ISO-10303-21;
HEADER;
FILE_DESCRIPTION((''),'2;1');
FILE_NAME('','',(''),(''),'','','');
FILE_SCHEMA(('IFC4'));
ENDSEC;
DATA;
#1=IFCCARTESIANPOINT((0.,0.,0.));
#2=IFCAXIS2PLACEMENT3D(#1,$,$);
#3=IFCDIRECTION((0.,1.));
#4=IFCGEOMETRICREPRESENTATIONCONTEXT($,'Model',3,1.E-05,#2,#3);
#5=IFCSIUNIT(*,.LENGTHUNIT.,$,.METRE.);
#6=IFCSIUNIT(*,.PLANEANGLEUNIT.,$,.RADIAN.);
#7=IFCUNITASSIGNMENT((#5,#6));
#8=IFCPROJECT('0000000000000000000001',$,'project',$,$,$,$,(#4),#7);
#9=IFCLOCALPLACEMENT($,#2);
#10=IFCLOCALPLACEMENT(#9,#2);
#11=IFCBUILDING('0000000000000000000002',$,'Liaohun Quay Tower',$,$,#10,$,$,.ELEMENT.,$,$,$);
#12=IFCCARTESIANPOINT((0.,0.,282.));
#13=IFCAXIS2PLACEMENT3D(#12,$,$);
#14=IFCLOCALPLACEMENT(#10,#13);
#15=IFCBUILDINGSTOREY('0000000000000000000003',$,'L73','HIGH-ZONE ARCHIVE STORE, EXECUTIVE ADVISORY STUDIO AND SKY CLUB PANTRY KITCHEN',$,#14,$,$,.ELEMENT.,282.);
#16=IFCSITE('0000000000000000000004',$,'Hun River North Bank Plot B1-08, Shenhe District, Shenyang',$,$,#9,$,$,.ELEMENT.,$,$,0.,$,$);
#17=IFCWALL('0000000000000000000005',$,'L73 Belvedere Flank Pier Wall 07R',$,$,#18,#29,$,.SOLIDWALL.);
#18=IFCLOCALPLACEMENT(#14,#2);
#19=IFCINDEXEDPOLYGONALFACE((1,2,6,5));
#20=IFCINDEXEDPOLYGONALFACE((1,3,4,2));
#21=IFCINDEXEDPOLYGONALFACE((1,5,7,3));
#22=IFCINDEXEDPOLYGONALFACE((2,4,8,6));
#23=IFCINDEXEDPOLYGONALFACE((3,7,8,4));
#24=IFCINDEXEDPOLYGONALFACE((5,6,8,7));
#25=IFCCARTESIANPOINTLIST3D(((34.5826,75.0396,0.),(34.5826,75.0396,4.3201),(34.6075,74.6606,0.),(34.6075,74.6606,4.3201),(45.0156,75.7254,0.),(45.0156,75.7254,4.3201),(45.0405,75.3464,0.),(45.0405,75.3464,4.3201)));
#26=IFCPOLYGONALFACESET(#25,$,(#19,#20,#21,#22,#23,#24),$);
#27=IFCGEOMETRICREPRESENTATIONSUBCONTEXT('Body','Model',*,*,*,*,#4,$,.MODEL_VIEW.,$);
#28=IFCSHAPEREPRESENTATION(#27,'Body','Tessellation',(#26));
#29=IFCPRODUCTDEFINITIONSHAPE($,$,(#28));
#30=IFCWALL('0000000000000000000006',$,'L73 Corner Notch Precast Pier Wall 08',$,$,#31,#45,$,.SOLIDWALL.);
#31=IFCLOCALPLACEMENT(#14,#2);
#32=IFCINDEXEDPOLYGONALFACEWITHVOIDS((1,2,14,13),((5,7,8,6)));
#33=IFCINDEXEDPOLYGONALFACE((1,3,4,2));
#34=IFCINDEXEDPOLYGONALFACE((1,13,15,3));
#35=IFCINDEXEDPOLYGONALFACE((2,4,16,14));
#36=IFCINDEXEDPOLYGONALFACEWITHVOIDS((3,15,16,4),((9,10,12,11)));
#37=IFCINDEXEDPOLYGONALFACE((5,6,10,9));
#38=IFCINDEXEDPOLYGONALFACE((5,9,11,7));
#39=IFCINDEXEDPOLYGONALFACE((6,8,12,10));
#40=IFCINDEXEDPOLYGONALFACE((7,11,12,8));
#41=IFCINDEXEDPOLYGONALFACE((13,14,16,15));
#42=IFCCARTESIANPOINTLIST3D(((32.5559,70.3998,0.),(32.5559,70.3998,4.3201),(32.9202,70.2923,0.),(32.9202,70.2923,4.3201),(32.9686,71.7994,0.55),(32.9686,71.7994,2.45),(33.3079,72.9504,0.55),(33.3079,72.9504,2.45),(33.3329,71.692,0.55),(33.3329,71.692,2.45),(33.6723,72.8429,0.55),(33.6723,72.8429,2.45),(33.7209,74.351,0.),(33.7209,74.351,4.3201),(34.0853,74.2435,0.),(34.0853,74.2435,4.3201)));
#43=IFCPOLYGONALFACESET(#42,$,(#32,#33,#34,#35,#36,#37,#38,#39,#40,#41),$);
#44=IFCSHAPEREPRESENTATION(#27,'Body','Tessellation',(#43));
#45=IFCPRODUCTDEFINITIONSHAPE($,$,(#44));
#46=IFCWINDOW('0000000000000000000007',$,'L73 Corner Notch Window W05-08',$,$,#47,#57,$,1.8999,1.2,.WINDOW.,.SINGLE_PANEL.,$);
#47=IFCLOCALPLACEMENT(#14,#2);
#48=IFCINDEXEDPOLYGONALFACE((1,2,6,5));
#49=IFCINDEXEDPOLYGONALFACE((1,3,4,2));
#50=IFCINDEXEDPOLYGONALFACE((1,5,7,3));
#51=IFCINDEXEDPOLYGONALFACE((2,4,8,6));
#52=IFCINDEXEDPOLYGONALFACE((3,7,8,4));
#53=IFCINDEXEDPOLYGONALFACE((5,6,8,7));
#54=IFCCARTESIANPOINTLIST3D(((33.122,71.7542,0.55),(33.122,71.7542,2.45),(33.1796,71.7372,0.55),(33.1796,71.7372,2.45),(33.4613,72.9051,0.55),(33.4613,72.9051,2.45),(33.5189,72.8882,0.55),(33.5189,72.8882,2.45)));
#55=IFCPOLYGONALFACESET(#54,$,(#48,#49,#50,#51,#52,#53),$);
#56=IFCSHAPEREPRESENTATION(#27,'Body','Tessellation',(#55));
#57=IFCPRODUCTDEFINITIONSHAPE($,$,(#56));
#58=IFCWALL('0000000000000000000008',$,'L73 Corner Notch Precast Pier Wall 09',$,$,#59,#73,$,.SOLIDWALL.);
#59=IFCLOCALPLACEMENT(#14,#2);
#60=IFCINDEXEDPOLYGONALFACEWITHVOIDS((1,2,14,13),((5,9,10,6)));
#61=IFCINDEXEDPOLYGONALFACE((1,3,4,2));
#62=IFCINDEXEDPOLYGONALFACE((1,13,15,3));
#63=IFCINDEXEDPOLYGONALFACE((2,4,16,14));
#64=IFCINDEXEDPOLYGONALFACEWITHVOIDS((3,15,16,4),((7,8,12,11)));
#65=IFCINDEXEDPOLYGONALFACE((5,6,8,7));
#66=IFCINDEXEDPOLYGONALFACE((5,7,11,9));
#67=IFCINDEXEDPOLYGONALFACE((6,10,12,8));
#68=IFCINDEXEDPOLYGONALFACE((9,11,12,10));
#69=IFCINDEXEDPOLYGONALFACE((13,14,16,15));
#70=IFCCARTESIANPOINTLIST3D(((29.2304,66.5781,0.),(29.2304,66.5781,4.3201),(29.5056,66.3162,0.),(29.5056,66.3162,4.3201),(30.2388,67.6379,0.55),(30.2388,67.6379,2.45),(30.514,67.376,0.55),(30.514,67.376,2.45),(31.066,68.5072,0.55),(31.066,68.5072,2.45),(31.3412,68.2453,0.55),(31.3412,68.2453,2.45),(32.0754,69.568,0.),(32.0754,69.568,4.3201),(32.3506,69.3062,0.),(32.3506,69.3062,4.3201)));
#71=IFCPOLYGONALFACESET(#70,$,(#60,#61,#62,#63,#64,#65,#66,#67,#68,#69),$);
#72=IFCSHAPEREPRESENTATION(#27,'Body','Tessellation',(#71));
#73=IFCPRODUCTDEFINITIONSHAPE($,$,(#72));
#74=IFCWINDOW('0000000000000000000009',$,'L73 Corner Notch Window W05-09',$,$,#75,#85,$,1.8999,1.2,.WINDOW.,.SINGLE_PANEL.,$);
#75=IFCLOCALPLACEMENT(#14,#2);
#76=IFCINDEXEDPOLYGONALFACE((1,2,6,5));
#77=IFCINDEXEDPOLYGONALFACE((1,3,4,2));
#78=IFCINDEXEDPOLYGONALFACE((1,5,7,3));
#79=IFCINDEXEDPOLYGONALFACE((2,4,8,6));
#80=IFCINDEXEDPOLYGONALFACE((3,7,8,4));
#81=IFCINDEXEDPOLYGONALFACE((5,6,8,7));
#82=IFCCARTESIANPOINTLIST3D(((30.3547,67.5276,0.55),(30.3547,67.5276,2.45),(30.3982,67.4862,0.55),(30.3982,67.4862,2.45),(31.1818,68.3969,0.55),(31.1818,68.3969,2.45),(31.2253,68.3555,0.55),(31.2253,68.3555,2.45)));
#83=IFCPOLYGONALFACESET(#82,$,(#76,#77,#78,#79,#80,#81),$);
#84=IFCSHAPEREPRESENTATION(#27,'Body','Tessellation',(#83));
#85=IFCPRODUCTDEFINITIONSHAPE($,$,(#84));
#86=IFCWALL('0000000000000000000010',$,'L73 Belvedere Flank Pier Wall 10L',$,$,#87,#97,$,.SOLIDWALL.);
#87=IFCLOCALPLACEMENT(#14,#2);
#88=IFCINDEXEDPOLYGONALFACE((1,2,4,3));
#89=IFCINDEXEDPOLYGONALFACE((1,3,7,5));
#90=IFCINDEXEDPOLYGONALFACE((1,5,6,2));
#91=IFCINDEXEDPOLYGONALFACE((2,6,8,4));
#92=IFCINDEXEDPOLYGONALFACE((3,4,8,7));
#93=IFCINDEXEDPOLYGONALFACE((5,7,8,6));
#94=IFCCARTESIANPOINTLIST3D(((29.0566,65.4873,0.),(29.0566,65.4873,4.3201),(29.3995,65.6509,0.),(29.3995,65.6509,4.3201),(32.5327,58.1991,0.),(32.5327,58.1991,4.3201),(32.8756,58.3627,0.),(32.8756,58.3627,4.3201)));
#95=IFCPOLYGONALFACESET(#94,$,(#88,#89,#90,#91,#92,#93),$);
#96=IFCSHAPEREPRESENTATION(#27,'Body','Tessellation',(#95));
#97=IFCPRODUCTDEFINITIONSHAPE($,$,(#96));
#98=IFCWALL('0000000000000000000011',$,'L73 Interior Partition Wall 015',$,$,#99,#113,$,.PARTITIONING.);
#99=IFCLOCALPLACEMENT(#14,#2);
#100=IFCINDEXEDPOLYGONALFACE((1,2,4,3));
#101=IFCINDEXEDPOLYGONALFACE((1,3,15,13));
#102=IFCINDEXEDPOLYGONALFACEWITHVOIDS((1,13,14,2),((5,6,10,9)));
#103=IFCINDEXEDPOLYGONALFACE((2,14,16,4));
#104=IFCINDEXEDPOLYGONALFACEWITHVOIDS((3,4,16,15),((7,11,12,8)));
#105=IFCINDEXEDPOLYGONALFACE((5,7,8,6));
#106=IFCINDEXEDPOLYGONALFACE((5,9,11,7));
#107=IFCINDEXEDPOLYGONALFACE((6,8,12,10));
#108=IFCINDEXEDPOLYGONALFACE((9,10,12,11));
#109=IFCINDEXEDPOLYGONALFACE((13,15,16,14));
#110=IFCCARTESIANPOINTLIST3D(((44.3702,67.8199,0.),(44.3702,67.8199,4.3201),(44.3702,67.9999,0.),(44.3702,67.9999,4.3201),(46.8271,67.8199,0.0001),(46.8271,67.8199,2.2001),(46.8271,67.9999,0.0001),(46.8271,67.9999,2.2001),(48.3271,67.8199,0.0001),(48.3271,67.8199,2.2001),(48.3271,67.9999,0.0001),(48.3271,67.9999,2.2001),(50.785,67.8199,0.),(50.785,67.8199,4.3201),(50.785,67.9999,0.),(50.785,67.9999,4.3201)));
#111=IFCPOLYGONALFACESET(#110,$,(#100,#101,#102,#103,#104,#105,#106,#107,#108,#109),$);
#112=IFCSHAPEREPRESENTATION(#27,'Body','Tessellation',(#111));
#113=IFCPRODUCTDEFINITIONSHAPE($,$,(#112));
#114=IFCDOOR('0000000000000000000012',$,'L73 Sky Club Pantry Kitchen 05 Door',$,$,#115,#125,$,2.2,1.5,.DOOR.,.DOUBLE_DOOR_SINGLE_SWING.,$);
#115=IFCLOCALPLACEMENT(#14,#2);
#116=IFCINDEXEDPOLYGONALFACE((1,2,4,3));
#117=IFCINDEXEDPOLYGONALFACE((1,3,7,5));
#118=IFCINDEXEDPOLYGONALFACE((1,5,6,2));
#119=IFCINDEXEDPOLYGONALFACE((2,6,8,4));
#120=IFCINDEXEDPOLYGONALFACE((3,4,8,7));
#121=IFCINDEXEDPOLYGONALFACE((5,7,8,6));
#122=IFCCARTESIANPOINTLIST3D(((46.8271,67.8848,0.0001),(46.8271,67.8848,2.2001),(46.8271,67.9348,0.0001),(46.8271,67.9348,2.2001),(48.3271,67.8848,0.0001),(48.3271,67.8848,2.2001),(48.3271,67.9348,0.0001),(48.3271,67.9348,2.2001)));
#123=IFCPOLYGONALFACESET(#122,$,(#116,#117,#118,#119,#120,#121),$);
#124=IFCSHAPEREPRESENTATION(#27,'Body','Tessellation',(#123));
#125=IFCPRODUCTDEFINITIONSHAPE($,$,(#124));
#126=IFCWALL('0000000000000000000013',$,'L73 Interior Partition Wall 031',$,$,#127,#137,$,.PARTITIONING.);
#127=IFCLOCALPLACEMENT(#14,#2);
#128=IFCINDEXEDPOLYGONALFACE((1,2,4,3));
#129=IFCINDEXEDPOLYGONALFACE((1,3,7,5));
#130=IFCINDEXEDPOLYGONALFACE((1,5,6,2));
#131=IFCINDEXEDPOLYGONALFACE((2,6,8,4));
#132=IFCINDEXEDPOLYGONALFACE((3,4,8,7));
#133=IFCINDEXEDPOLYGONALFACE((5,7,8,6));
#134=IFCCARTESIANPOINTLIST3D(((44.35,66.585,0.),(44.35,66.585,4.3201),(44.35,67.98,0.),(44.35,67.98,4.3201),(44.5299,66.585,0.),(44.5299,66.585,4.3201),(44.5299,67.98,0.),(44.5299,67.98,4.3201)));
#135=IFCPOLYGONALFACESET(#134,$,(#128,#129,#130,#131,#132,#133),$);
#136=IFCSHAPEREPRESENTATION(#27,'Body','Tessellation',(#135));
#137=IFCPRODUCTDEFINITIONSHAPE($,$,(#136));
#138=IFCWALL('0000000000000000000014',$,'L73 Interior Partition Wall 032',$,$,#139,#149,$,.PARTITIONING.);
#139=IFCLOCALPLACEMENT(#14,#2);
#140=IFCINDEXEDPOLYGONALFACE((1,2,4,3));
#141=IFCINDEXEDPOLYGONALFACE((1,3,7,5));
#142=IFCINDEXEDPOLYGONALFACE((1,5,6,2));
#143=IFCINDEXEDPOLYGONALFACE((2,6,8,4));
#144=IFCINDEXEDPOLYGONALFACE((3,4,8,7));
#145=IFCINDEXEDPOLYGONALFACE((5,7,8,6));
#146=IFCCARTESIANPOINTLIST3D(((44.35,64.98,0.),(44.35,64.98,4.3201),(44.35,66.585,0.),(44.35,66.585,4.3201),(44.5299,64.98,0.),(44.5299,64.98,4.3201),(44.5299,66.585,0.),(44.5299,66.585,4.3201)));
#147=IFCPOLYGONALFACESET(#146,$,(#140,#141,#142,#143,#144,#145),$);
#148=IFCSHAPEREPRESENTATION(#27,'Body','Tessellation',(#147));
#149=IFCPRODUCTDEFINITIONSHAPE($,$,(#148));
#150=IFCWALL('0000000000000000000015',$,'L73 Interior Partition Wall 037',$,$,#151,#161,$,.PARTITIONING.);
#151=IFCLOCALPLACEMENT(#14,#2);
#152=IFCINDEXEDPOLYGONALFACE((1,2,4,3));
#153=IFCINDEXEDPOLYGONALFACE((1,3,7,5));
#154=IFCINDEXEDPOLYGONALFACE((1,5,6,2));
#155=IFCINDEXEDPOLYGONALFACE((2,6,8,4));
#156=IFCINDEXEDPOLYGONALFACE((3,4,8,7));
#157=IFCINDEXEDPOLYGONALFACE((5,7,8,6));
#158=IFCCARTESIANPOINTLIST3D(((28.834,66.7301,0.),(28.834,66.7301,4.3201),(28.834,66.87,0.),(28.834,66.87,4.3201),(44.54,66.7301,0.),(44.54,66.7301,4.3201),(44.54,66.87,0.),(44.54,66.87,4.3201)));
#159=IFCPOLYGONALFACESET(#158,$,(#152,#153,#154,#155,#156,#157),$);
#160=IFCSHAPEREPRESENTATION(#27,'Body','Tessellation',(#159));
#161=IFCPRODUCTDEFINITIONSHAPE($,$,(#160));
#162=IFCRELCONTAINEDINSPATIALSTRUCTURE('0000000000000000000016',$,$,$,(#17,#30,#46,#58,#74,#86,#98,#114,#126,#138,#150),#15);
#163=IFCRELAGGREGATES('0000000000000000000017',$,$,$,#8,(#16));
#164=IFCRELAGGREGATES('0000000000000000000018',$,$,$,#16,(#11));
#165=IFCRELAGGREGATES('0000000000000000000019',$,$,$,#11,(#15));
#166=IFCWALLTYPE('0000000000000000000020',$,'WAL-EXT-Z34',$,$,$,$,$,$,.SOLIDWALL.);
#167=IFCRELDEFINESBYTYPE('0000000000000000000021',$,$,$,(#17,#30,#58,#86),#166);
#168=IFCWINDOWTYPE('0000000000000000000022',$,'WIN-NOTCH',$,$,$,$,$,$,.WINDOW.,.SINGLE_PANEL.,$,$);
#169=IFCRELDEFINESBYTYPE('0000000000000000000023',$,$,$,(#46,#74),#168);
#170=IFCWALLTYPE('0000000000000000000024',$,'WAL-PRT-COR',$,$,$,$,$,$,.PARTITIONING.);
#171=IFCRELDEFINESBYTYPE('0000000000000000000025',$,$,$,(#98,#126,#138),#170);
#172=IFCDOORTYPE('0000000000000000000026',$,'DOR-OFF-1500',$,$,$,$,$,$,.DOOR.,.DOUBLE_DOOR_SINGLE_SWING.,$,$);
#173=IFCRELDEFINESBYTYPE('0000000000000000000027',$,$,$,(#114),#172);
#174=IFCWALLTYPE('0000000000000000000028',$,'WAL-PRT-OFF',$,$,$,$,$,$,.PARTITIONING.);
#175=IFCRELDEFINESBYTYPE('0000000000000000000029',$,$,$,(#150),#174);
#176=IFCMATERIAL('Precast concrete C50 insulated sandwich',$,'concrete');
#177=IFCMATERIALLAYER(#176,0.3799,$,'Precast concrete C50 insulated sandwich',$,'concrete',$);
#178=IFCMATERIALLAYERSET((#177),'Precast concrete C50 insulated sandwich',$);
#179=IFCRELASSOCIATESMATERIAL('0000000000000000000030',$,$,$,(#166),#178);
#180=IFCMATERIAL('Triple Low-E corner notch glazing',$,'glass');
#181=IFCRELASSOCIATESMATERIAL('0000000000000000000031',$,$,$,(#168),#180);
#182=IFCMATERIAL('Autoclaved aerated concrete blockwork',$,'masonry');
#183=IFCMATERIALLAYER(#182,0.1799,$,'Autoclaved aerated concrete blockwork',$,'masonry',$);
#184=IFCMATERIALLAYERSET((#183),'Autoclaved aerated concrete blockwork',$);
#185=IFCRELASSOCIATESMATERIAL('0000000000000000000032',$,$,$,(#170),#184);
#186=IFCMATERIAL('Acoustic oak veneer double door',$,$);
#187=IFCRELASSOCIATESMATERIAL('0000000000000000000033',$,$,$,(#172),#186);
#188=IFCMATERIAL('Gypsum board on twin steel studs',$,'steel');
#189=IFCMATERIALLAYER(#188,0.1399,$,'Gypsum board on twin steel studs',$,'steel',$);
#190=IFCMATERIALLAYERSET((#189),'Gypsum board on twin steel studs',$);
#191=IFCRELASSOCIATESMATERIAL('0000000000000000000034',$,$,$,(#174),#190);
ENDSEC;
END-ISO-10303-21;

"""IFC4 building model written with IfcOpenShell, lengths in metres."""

from ifc_helpers import new_model, si_unit, direction, frame, frame_2d, origin, place, context, subcontext, project, spatial, rectangle, extrude, source, transform, mapped, material, layer, layer_set, type_object, element, fill, save


model = new_model("IFC4")

# Units and contexts
model_context = context("Model", 3, precision=1e-05, world=origin(), true_north=direction((0.0, 1.0)))
body_context = subcontext(model_context, "Body", "Model", "MODEL_VIEW")
ifc_project = project(units=[si_unit("LENGTHUNIT", "METRE"), si_unit("PLANEANGLEUNIT", "RADIAN")], contexts=[model_context])

# Site, building, storey
site_placement = place(None, origin())
site = spatial("IfcSite", under=ifc_project, at=site_placement, Name="Hun River North Bank Plot B1-08, Shenhe District, Shenyang", CompositionType="ELEMENT", RefElevation=0.0)
building_placement = place(site_placement, origin())
building = spatial("IfcBuilding", under=site, at=building_placement, Name="Liaohun Quay Tower", CompositionType="ELEMENT")
storey_placement = place(building_placement, frame((0.0, 0.0, 282.0)))
storey = spatial("IfcBuildingStorey", under=building, at=storey_placement, Name="L73", Description="HIGH-ZONE ARCHIVE STORE, EXECUTIVE ADVISORY STUDIO AND SKY CLUB PANTRY KITCHEN", CompositionType="ELEMENT", Elevation=282.0)

# Wall
ifc_material_1 = material(Name="Precast concrete C50 insulated sandwich", Category="concrete")
ifc_layer_1 = layer(ifc_material_1, 0.3799, Name="Precast concrete C50 insulated sandwich", Category="concrete")
ifc_layer_set_1 = layer_set([ifc_layer_1], Name="Precast concrete C50 insulated sandwich")
wall_type_1 = type_object("IfcWallType", Name="WAL-EXT-Z34", PredefinedType="SOLIDWALL", material=ifc_layer_set_1)
wall_1_placement = place(storey_placement, frame((45.0281, 75.5359, 0.0), z_axis=(0.0, 0.0, 1.0), x_axis=(-0.997847, -0.065591, 0.0)))
element("IfcWall", 1, at=wall_1_placement, inside=storey, type_object=wall_type_1, Name="L73 Belvedere Flank Pier Wall 07R", PredefinedType="SOLIDWALL", context=body_context, shape_type="SweptSolid", body=[
    extrude(rectangle(XDim=10.4556, YDim=0.3799, at=frame_2d((5.2278, 0.0))), origin(), (0.0, 0.0, 1.0), 4.3201),
])

# Walls, openings, windows
wall_2_placement = place(storey_placement, frame((33.9031, 74.2971, 0.0), z_axis=(0.0, 0.0, 1.0), x_axis=(-0.282821, -0.959173, 0.0)))
wall_2 = element("IfcWall", 2, at=wall_2_placement, inside=storey, type_object=wall_type_1, Name="L73 Corner Notch Precast Pier Wall 08", PredefinedType="SOLIDWALL", context=body_context, shape_type="SweptSolid", body=[
    extrude(rectangle(XDim=4.1194, YDim=0.3799, at=frame_2d((2.0596, 0.0))), origin(), (0.0, 0.0, 1.0), 4.3201),
])
shared_shape_1 = source(origin(), body_context, "Body", "SweptSolid", [
    extrude(rectangle(XDim=1.2, YDim=1.8999, at=frame_2d((0.6001, 0.95))), frame((0.0, 0.2, 0.0), z_axis=(0.0, -1.0, 0.0), x_axis=(1.0, 0.0, 0.0)), (0.0, 0.0, 1.0), 0.3999),
])
opening_1_placement = place(wall_2_placement, frame((1.46, 0.0, 0.55)))
opening_1 = element("IfcOpeningElement", 3, at=opening_1_placement, cuts=wall_2, PredefinedType="OPENING", context=body_context, shape_type="MappedRepresentation", body=[
    mapped(shared_shape_1, transform((0.0, 0.0, 0.0), x_axis=(1.0, 0.0, 0.0), y_axis=(0.0, 1.0, 0.0), z_axis=(0.0, 0.0, 1.0), scale=1.0)),
])
ifc_material_2 = material(Name="Triple Low-E corner notch glazing", Category="glass")
window_type = type_object("IfcWindowType", Name="WIN-NOTCH", PartitioningType="SINGLE_PANEL", PredefinedType="WINDOW", material=ifc_material_2)
shared_shape_2 = source(origin(), body_context, "Body", "SweptSolid", [
    extrude(rectangle(XDim=1.2, YDim=1.8999, at=frame_2d((0.6001, 0.95))), frame((0.0, 0.03, 0.0), z_axis=(0.0, -1.0, 0.0), x_axis=(1.0, 0.0, 0.0)), (0.0, 0.0, 1.0), 0.0601),
])
window_1_placement = place(opening_1_placement, origin())
window_1 = element("IfcWindow", 4, at=window_1_placement, inside=storey, type_object=window_type, Name="L73 Corner Notch Window W05-08", OverallHeight=1.8999, OverallWidth=1.2, PartitioningType="SINGLE_PANEL", PredefinedType="WINDOW", context=body_context, shape_type="MappedRepresentation", body=[
    mapped(shared_shape_2, transform((0.0, 0.0, 0.0), x_axis=(1.0, 0.0, 0.0), y_axis=(0.0, 1.0, 0.0), z_axis=(0.0, 0.0, 1.0), scale=1.0)),
])
fill(opening_1, window_1)
wall_3_placement = place(storey_placement, frame((32.2129, 69.437, 0.0), z_axis=(0.0, 0.0, 1.0), x_axis=(-0.68932, -0.724457, 0.0)))
wall_3 = element("IfcWall", 5, at=wall_3_placement, inside=storey, type_object=wall_type_1, Name="L73 Corner Notch Precast Pier Wall 09", PredefinedType="SOLIDWALL", context=body_context, shape_type="SweptSolid", body=[
    extrude(rectangle(XDim=4.1272, YDim=0.3799, at=frame_2d((2.0635, 0.0))), origin(), (0.0, 0.0, 1.0), 4.3201),
])
opening_2_placement = place(wall_3_placement, frame((1.4641, 0.0, 0.55)))
opening_2 = element("IfcOpeningElement", 6, at=opening_2_placement, cuts=wall_3, PredefinedType="OPENING", context=body_context, shape_type="MappedRepresentation", body=[
    mapped(shared_shape_1, transform((0.0, 0.0, 0.0), x_axis=(1.0, 0.0, 0.0), y_axis=(0.0, 1.0, 0.0), z_axis=(0.0, 0.0, 1.0), scale=1.0)),
])
window_2_placement = place(opening_2_placement, origin())
window_2 = element("IfcWindow", 7, at=window_2_placement, inside=storey, type_object=window_type, Name="L73 Corner Notch Window W05-09", OverallHeight=1.8999, OverallWidth=1.2, PartitioningType="SINGLE_PANEL", PredefinedType="WINDOW", context=body_context, shape_type="MappedRepresentation", body=[
    mapped(shared_shape_2, transform((0.0, 0.0, 0.0), x_axis=(1.0, 0.0, 0.0), y_axis=(0.0, 1.0, 0.0), z_axis=(0.0, 0.0, 1.0), scale=1.0)),
])
fill(opening_2, window_2)

# Wall
wall_4_placement = place(storey_placement, frame((29.228, 65.5691, 0.0), z_axis=(0.0, 0.0, 1.0), x_axis=(0.430495, -0.902593, 0.0)))
element("IfcWall", 8, at=wall_4_placement, inside=storey, type_object=wall_type_1, Name="L73 Belvedere Flank Pier Wall 10L", PredefinedType="SOLIDWALL", context=body_context, shape_type="SweptSolid", body=[
    extrude(rectangle(XDim=8.0747, YDim=0.3799, at=frame_2d((4.0374, 0.0))), origin(), (0.0, 0.0, 1.0), 4.3201),
])

# Wall, opening, door
ifc_material_3 = material(Name="Autoclaved aerated concrete blockwork", Category="masonry")
ifc_layer_2 = layer(ifc_material_3, 0.1799, Name="Autoclaved aerated concrete blockwork", Category="masonry")
ifc_layer_set_2 = layer_set([ifc_layer_2], Name="Autoclaved aerated concrete blockwork")
wall_type_2 = type_object("IfcWallType", Name="WAL-PRT-COR", PredefinedType="PARTITIONING", material=ifc_layer_set_2)
wall_5_placement = place(storey_placement, frame((44.3701, 67.9099, 0.0), z_axis=(0.0, 0.0, 1.0), x_axis=(1.0, 0.0, 0.0)))
wall_5 = element("IfcWall", 9, at=wall_5_placement, inside=storey, type_object=wall_type_2, Name="L73 Interior Partition Wall 015", PredefinedType="PARTITIONING", context=body_context, shape_type="SweptSolid", body=[
    extrude(rectangle(XDim=6.4148, YDim=0.1799, at=frame_2d((3.2075, 0.0))), origin(), (0.0, 0.0, 1.0), 4.3201),
])
shared_shape_3 = source(origin(), body_context, "Body", "SweptSolid", [
    extrude(rectangle(XDim=1.5, YDim=2.2, at=frame_2d((0.75, 1.1001))), frame((0.0, 0.0999, 0.0), z_axis=(0.0, -1.0, 0.0), x_axis=(1.0, 0.0, 0.0)), (0.0, 0.0, 1.0), 0.2),
])
opening_3_placement = place(wall_5_placement, frame((2.457, 0.0, 0.0)))
opening_3 = element("IfcOpeningElement", 10, at=opening_3_placement, cuts=wall_5, PredefinedType="OPENING", context=body_context, shape_type="MappedRepresentation", body=[
    mapped(shared_shape_3, transform((0.0, 0.0, 0.0), x_axis=(1.0, 0.0, 0.0), y_axis=(0.0, 1.0, 0.0), z_axis=(0.0, 0.0, 1.0), scale=1.0)),
])
ifc_material_4 = material(Name="Acoustic oak veneer double door")
door_type = type_object("IfcDoorType", Name="DOR-OFF-1500", OperationType="DOUBLE_DOOR_SINGLE_SWING", PredefinedType="DOOR", material=ifc_material_4)
shared_shape_4 = source(origin(), body_context, "Body", "SweptSolid", [
    extrude(rectangle(XDim=1.5, YDim=2.2, at=frame_2d((0.75, 1.1001))), frame((0.0, 0.0249, 0.0), z_axis=(0.0, -1.0, 0.0), x_axis=(1.0, 0.0, 0.0)), (0.0, 0.0, 1.0), 0.05),
])
door_placement = place(opening_3_placement, origin())
door = element("IfcDoor", 11, at=door_placement, inside=storey, type_object=door_type, Name="L73 Sky Club Pantry Kitchen 05 Door", OperationType="DOUBLE_DOOR_SINGLE_SWING", OverallHeight=2.2, OverallWidth=1.5, PredefinedType="DOOR", context=body_context, shape_type="MappedRepresentation", body=[
    mapped(shared_shape_4, transform((0.0, 0.0, 0.0), x_axis=(1.0, 0.0, 0.0), y_axis=(0.0, 1.0, 0.0), z_axis=(0.0, 0.0, 1.0), scale=1.0)),
])
fill(opening_3, door)

# Walls
wall_6_placement = place(storey_placement, frame((44.4399, 66.585, 0.0), z_axis=(0.0, 0.0, 1.0), x_axis=(0.0, 1.0, 0.0)))
element("IfcWall", 12, at=wall_6_placement, inside=storey, type_object=wall_type_2, Name="L73 Interior Partition Wall 031", PredefinedType="PARTITIONING", context=body_context, shape_type="SweptSolid", body=[
    extrude(rectangle(XDim=1.395, YDim=0.1799, at=frame_2d((0.6975, 0.0))), origin(), (0.0, 0.0, 1.0), 4.3201),
])
wall_7_placement = place(storey_placement, frame((44.4399, 64.98, 0.0), z_axis=(0.0, 0.0, 1.0), x_axis=(0.0, 1.0, 0.0)))
element("IfcWall", 13, at=wall_7_placement, inside=storey, type_object=wall_type_2, Name="L73 Interior Partition Wall 032", PredefinedType="PARTITIONING", context=body_context, shape_type="SweptSolid", body=[
    extrude(rectangle(XDim=1.605, YDim=0.1799, at=frame_2d((0.8025, 0.0))), origin(), (0.0, 0.0, 1.0), 4.3201),
])
ifc_material_5 = material(Name="Gypsum board on twin steel studs", Category="steel")
ifc_layer_3 = layer(ifc_material_5, 0.1399, Name="Gypsum board on twin steel studs", Category="steel")
ifc_layer_set_3 = layer_set([ifc_layer_3], Name="Gypsum board on twin steel studs")
wall_type_3 = type_object("IfcWallType", Name="WAL-PRT-OFF", PredefinedType="PARTITIONING", material=ifc_layer_set_3)
wall_8_placement = place(storey_placement, frame((44.54, 66.8, 0.0), z_axis=(0.0, 0.0, 1.0), x_axis=(-1.0, 0.0, 0.0)))
element("IfcWall", 14, at=wall_8_placement, inside=storey, type_object=wall_type_3, Name="L73 Interior Partition Wall 037", PredefinedType="PARTITIONING", context=body_context, shape_type="SweptSolid", body=[
    extrude(rectangle(XDim=15.7061, YDim=0.1399, at=frame_2d((7.853, 0.0))), origin(), (0.0, 0.0, 1.0), 4.3201),
])

save(model, "model.ifc")
